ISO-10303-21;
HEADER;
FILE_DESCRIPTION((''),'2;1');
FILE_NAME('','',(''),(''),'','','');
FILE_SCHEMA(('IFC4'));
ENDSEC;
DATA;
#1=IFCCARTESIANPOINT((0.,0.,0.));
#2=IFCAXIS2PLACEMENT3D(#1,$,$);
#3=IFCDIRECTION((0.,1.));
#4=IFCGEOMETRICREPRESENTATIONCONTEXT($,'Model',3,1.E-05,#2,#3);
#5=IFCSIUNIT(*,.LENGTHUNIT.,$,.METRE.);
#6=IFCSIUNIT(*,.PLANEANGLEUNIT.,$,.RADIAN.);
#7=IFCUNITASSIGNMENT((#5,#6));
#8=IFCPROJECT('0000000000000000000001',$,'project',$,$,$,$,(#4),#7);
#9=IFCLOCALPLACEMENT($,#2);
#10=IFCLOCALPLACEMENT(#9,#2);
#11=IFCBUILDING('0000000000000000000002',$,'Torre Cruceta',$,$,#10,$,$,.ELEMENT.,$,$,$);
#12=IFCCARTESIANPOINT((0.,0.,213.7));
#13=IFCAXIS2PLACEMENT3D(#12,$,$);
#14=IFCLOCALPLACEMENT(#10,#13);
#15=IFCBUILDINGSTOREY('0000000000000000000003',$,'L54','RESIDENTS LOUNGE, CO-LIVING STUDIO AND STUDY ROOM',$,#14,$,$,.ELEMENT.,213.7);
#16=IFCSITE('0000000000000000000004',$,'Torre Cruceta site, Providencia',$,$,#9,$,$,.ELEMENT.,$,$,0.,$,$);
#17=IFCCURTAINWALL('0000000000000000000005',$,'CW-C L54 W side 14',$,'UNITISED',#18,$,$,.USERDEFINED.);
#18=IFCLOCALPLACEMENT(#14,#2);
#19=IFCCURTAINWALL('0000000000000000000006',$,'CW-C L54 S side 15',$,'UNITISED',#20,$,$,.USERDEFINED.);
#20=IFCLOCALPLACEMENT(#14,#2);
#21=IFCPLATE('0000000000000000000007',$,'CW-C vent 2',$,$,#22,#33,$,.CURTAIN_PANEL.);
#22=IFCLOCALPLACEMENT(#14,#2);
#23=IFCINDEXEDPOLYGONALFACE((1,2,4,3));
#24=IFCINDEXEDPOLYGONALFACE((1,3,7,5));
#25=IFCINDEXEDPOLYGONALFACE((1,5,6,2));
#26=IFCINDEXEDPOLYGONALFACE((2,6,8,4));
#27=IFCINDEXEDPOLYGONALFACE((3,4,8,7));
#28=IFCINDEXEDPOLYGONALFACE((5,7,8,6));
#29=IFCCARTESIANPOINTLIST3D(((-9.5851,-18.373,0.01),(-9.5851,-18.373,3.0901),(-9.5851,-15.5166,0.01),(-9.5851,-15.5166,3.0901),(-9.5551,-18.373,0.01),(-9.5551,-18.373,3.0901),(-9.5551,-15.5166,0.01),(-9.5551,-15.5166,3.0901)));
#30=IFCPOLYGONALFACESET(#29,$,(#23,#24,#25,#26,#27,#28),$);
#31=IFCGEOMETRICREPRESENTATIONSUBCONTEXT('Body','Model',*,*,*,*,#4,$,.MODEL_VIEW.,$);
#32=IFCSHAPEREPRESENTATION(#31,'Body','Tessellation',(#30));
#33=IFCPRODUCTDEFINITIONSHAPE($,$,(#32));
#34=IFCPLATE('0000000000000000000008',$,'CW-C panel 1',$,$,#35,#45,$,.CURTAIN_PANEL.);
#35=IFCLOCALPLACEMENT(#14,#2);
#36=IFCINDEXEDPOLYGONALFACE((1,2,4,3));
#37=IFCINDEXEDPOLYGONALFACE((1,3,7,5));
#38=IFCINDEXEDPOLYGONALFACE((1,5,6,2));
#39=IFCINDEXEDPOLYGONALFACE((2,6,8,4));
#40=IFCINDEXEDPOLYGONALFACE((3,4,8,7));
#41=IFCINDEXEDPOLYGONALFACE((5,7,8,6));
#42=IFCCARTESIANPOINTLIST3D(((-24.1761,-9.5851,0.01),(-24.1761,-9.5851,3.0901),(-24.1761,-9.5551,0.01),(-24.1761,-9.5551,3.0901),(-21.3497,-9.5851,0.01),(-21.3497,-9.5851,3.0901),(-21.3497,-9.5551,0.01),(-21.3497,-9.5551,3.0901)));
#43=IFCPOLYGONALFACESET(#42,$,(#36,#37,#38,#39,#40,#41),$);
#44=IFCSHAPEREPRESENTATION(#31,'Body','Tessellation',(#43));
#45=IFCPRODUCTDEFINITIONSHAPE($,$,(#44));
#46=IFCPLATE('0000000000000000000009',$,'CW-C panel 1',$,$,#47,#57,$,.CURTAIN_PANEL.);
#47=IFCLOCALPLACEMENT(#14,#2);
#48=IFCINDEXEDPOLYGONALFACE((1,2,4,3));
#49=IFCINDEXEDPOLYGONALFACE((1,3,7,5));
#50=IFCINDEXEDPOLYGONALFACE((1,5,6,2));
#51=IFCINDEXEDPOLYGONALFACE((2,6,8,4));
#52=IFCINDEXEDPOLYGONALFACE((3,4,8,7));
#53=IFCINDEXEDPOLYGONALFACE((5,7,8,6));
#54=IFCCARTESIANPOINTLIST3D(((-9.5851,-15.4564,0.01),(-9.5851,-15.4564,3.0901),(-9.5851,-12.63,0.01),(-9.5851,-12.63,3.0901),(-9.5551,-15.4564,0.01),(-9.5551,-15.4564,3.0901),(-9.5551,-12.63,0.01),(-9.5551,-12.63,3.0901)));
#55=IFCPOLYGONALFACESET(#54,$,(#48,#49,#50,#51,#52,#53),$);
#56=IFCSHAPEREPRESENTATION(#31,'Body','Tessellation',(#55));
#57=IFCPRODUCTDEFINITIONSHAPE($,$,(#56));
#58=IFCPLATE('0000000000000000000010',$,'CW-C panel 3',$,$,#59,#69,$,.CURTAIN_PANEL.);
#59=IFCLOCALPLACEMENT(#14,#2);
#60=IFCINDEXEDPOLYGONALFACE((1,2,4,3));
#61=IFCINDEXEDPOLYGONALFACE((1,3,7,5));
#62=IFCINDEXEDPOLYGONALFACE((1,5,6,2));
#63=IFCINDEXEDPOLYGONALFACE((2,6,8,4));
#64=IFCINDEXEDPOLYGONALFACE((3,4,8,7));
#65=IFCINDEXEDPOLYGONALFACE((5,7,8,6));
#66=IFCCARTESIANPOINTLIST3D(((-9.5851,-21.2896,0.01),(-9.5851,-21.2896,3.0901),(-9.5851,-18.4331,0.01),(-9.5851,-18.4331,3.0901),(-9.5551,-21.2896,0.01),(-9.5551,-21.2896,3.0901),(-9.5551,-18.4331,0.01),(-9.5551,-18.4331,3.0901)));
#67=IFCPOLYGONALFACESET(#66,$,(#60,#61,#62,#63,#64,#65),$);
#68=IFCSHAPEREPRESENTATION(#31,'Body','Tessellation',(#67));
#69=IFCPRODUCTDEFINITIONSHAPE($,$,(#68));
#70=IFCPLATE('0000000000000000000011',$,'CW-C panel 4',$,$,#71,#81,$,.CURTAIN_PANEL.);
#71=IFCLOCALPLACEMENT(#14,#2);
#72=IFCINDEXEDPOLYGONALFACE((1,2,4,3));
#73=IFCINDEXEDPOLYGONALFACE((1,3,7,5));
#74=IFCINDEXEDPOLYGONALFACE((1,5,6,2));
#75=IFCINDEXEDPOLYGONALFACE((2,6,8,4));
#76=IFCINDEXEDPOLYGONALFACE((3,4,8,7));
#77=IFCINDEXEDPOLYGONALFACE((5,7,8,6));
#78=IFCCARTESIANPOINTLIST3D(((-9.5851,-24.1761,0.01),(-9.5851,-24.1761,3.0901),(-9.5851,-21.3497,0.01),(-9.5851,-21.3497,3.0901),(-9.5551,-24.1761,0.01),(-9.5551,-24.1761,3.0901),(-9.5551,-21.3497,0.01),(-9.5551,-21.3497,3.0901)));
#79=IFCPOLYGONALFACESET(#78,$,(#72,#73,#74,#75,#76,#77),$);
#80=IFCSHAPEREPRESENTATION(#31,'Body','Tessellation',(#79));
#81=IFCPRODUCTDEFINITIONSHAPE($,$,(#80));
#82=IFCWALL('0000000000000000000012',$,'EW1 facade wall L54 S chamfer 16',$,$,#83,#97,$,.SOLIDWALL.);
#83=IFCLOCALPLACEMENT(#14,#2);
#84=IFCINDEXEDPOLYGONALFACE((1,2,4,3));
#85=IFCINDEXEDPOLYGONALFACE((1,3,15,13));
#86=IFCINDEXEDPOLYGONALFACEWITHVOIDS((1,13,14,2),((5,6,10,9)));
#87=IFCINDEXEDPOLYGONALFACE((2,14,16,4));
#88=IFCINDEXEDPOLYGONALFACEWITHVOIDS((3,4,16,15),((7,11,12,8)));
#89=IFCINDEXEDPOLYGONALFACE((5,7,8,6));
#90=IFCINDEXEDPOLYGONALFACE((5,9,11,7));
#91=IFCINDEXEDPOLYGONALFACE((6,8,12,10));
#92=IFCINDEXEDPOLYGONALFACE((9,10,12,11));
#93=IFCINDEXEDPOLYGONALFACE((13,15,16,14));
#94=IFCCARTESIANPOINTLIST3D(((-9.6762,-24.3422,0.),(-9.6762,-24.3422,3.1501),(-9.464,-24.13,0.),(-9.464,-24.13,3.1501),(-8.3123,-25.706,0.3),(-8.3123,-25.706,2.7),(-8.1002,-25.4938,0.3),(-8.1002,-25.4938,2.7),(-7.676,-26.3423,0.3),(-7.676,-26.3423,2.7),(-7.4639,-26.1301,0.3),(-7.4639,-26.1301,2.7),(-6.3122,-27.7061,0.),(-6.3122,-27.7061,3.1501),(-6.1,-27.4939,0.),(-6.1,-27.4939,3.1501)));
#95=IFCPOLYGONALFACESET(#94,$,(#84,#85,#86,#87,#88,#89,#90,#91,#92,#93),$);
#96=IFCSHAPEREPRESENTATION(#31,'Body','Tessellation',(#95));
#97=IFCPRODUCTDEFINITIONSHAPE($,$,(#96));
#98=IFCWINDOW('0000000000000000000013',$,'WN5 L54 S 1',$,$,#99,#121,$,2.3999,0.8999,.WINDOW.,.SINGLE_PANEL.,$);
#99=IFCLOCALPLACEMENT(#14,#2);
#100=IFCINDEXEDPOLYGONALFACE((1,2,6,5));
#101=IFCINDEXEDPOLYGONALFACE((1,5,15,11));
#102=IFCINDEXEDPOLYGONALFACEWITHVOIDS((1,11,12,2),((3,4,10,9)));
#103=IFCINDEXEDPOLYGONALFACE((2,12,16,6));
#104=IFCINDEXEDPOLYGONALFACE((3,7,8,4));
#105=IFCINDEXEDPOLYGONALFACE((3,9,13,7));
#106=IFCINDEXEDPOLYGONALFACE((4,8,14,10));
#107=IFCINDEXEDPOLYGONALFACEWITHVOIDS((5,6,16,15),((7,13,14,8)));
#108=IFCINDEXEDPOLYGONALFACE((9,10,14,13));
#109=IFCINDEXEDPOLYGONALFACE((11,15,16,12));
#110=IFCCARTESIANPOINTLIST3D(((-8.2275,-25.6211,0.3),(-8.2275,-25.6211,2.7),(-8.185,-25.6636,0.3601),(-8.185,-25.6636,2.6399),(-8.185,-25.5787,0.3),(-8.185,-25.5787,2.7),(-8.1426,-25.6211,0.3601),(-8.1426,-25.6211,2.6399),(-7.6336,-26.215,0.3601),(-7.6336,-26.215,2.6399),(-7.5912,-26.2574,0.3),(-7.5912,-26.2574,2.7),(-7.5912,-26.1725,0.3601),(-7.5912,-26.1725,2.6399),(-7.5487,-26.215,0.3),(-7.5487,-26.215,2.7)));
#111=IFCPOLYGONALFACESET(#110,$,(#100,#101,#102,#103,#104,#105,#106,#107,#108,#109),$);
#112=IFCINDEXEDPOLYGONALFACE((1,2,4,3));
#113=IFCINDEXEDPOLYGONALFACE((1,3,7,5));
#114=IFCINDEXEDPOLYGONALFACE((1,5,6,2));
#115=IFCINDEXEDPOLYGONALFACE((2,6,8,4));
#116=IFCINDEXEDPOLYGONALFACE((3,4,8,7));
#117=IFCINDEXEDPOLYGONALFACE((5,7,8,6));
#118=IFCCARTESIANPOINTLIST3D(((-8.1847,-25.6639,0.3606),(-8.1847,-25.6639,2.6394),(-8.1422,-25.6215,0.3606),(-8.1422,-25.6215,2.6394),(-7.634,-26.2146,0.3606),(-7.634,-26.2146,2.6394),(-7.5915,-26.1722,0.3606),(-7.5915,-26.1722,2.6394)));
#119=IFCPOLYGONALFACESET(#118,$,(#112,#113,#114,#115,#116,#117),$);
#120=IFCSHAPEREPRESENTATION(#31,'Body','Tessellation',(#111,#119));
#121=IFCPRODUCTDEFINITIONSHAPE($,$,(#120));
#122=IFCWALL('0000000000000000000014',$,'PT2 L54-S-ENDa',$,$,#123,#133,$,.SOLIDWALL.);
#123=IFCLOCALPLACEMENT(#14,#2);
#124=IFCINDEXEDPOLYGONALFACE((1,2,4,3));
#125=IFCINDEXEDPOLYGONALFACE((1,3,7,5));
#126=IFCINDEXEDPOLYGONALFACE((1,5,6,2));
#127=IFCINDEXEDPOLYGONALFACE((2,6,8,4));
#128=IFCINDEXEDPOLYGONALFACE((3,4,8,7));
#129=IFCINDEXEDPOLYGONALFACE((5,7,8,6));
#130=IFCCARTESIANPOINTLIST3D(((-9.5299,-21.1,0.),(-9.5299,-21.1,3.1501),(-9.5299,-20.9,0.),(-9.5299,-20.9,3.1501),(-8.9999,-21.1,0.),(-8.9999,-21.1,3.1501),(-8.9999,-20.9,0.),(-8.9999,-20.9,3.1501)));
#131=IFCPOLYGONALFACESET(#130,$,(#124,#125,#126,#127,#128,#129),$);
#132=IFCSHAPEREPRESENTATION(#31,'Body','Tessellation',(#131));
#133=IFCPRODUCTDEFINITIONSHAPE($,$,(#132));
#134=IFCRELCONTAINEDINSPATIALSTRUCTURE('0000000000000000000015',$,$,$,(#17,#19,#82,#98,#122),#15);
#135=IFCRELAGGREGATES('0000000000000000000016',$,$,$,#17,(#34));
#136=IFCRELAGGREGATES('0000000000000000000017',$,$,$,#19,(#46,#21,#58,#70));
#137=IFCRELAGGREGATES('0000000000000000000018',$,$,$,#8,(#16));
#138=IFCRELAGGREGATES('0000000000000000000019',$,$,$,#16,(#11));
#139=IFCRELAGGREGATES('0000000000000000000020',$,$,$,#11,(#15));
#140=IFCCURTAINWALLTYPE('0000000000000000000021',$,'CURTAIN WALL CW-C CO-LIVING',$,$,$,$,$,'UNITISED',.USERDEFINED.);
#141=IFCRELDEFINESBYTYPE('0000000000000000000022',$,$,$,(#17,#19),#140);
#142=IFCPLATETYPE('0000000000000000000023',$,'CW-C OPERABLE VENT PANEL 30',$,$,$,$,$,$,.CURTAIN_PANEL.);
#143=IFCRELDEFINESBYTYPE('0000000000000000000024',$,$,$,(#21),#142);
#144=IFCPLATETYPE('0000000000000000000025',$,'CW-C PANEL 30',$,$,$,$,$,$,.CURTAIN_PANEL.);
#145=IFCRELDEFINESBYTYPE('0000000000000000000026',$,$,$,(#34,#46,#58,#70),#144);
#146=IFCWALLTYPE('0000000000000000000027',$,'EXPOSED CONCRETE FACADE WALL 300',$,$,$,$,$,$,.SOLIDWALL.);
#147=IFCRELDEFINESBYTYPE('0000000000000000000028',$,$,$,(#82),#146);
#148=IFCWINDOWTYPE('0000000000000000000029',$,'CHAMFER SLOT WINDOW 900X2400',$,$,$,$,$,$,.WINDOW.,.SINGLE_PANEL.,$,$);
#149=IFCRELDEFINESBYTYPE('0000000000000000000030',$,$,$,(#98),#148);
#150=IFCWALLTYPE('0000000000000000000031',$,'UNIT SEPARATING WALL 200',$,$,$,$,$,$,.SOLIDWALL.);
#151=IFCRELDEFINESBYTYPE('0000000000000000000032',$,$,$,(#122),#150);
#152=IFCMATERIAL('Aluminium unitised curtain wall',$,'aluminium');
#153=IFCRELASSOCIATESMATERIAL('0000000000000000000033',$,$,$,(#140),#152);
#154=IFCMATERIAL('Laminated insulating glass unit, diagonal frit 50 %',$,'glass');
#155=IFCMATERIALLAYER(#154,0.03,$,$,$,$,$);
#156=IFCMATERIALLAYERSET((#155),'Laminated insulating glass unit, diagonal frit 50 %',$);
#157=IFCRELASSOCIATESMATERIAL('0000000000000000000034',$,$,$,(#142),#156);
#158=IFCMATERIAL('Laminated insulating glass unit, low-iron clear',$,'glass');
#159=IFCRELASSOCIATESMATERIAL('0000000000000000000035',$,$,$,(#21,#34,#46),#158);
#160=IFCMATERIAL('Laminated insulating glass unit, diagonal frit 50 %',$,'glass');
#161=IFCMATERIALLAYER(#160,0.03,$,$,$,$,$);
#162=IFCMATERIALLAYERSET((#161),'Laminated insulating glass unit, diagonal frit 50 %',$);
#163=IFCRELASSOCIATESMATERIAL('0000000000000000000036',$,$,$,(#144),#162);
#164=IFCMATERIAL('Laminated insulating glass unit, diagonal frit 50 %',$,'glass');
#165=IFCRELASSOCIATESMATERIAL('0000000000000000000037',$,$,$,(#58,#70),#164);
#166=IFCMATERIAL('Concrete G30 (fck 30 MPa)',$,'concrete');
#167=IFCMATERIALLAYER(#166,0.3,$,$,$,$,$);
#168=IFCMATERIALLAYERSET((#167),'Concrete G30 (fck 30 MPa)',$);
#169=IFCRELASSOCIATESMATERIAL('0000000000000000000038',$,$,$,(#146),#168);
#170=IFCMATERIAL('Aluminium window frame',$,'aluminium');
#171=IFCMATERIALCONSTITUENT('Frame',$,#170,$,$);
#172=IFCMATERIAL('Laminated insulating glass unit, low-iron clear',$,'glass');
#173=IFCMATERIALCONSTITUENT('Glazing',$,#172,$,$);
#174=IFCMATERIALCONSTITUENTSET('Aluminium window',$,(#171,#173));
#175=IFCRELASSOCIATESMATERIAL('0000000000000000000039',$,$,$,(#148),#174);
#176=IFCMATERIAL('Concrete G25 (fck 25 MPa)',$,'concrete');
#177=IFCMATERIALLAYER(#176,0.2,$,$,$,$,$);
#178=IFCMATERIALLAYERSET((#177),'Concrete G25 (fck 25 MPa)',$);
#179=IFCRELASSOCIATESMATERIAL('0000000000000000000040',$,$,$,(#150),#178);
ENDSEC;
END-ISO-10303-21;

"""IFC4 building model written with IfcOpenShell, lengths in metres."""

from ifc_helpers import new_model, si_unit, direction, frame, frame_2d, origin, origin_2d, place, context, subcontext, project, spatial, rectangle, hollow_rectangle, extrude, material, layer, layer_set, constituent, constituent_set, type_object, element, fill, aggregate, save


model = new_model("IFC4")

# Units and contexts
model_context = context("Model", 3, precision=1e-05, world=origin(), true_north=direction((0.0, 1.0)))
body_context = subcontext(model_context, "Body", "Model", "MODEL_VIEW")
ifc_project = project(units=[si_unit("LENGTHUNIT", "METRE"), si_unit("PLANEANGLEUNIT", "RADIAN")], contexts=[model_context])

# Site, building, storey
site_placement = place(None, origin())
site = spatial("IfcSite", under=ifc_project, at=site_placement, Name="Torre Cruceta site, Providencia", CompositionType="ELEMENT", RefElevation=0.0)
building_placement = place(site_placement, origin())
building = spatial("IfcBuilding", under=site, at=building_placement, Name="Torre Cruceta", CompositionType="ELEMENT")
storey_placement = place(building_placement, frame((0.0, 0.0, 213.7)))
storey = spatial("IfcBuildingStorey", under=building, at=storey_placement, Name="L54", Description="RESIDENTS LOUNGE, CO-LIVING STUDIO AND STUDY ROOM", CompositionType="ELEMENT", Elevation=213.7)

# Curtain walls
ifc_material_1 = material(Name="Aluminium unitised curtain wall", Category="aluminium")
curtain_wall_type = type_object("IfcCurtainWallType", Name="CURTAIN WALL CW-C CO-LIVING", ElementType="UNITISED", PredefinedType="USERDEFINED", material=ifc_material_1)
curtain_wall_1_placement = place(storey_placement, origin())
curtain_wall_1 = element("IfcCurtainWall", 1, at=curtain_wall_1_placement, inside=storey, type_object=curtain_wall_type, Name="CW-C L54 W side 14", ObjectType="UNITISED", PredefinedType="USERDEFINED")
curtain_wall_2_placement = place(storey_placement, origin())
curtain_wall_2 = element("IfcCurtainWall", 2, at=curtain_wall_2_placement, inside=storey, type_object=curtain_wall_type, Name="CW-C L54 S side 15", ObjectType="UNITISED", PredefinedType="USERDEFINED")

# Plates
ifc_material_2 = material(Name="Laminated insulating glass unit, low-iron clear", Category="glass")
ifc_material_3 = material(Name="Laminated insulating glass unit, diagonal frit 50 %", Category="glass")
ifc_layer_1 = layer(ifc_material_3, 0.03)
ifc_layer_set_1 = layer_set([ifc_layer_1], Name="Laminated insulating glass unit, diagonal frit 50 %")
plate_type_1 = type_object("IfcPlateType", Name="CW-C OPERABLE VENT PANEL 30", PredefinedType="CURTAIN_PANEL", material=ifc_layer_set_1)
plate_1_placement = place(storey_placement, frame((-9.5701, -16.9448, 0.01), z_axis=(0.0, 0.0, 1.0), x_axis=(0.0, -1.0, 0.0)))
plate_1 = element("IfcPlate", 3, at=plate_1_placement, type_object=plate_type_1, material=ifc_material_2, Name="CW-C vent 2", PredefinedType="CURTAIN_PANEL", context=body_context, shape_type="SweptSolid", body=[
    extrude(rectangle(XDim=2.8564, YDim=0.03, at=origin_2d()), origin(), (0.0, 0.0, 1.0), 3.0801),
])
ifc_material_4 = material(Name="Laminated insulating glass unit, diagonal frit 50 %", Category="glass")
ifc_layer_2 = layer(ifc_material_4, 0.03)
ifc_layer_set_2 = layer_set([ifc_layer_2], Name="Laminated insulating glass unit, diagonal frit 50 %")
plate_type_2 = type_object("IfcPlateType", Name="CW-C PANEL 30", PredefinedType="CURTAIN_PANEL", material=ifc_layer_set_2)
plate_2_placement = place(storey_placement, frame((-22.7629, -9.5701, 0.01), z_axis=(0.0, 0.0, 1.0), x_axis=(1.0, 0.0, 0.0)))
plate_2 = element("IfcPlate", 4, at=plate_2_placement, type_object=plate_type_2, material=ifc_material_2, Name="CW-C panel 1", PredefinedType="CURTAIN_PANEL", context=body_context, shape_type="SweptSolid", body=[
    extrude(rectangle(XDim=2.8264, YDim=0.03, at=origin_2d()), origin(), (0.0, 0.0, 1.0), 3.0801),
])
aggregate(curtain_wall_1, [plate_2])
plate_3_placement = place(storey_placement, frame((-9.5701, -14.0432, 0.01), z_axis=(0.0, 0.0, 1.0), x_axis=(0.0, -1.0, 0.0)))
plate_3 = element("IfcPlate", 5, at=plate_3_placement, type_object=plate_type_2, material=ifc_material_2, Name="CW-C panel 1", PredefinedType="CURTAIN_PANEL", context=body_context, shape_type="SweptSolid", body=[
    extrude(rectangle(XDim=2.8264, YDim=0.03, at=origin_2d()), origin(), (0.0, 0.0, 1.0), 3.0801),
])
ifc_material_5 = material(Name="Laminated insulating glass unit, diagonal frit 50 %", Category="glass")
plate_4_placement = place(storey_placement, frame((-9.5701, -19.8613, 0.01), z_axis=(0.0, 0.0, 1.0), x_axis=(0.0, -1.0, 0.0)))
plate_4 = element("IfcPlate", 6, at=plate_4_placement, type_object=plate_type_2, material=ifc_material_5, Name="CW-C panel 3", PredefinedType="CURTAIN_PANEL", context=body_context, shape_type="SweptSolid", body=[
    extrude(rectangle(XDim=2.8564, YDim=0.03, at=origin_2d()), origin(), (0.0, 0.0, 1.0), 3.0801),
])
plate_5_placement = place(storey_placement, frame((-9.5701, -22.7629, 0.01), z_axis=(0.0, 0.0, 1.0), x_axis=(0.0, -1.0, 0.0)))
plate_5 = element("IfcPlate", 7, at=plate_5_placement, type_object=plate_type_2, material=ifc_material_5, Name="CW-C panel 4", PredefinedType="CURTAIN_PANEL", context=body_context, shape_type="SweptSolid", body=[
    extrude(rectangle(XDim=2.8264, YDim=0.03, at=origin_2d()), origin(), (0.0, 0.0, 1.0), 3.0801),
])
aggregate(curtain_wall_2, [plate_3, plate_1, plate_4, plate_5])

# Wall, opening, window
ifc_material_6 = material(Name="Concrete G30 (fck 30 MPa)", Category="concrete")
ifc_layer_3 = layer(ifc_material_6, 0.3)
ifc_layer_set_3 = layer_set([ifc_layer_3], Name="Concrete G30 (fck 30 MPa)")
wall_type_1 = type_object("IfcWallType", Name="EXPOSED CONCRETE FACADE WALL 300", PredefinedType="SOLIDWALL", material=ifc_layer_set_3)
wall_1_placement = place(storey_placement, frame((-9.5701, -24.2361, 0.0), z_axis=(0.0, 0.0, 1.0), x_axis=(0.707107, -0.707107, 0.0)))
wall_1 = element("IfcWall", 8, at=wall_1_placement, inside=storey, type_object=wall_type_1, Name="EW1 facade wall L54 S chamfer 16", PredefinedType="SOLIDWALL", context=body_context, shape_type="SweptSolid", body=[
    extrude(rectangle(XDim=4.7573, YDim=0.3, at=frame_2d((2.3787, 0.0))), origin(), (0.0, 0.0, 1.0), 3.1501),
])
opening_placement = place(wall_1_placement, frame((1.9287, 0.0, 0.3)))
opening = element("IfcOpeningElement", 9, at=opening_placement, cuts=wall_1, PredefinedType="OPENING", context=body_context, shape_type="SweptSolid", body=[
    extrude(rectangle(XDim=0.8999, YDim=2.3999, at=frame_2d((0.45, 1.2))), frame((0.0, 0.1599, 0.0), z_axis=(0.0, -1.0, 0.0), x_axis=(1.0, 0.0, 0.0)), (0.0, 0.0, 1.0), 0.3201),
])
ifc_material_7 = material(Name="Aluminium window frame", Category="aluminium")
ifc_constituent_1 = constituent(ifc_material_7, Name="Frame")
ifc_material_8 = material(Name="Laminated insulating glass unit, low-iron clear", Category="glass")
ifc_constituent_2 = constituent(ifc_material_8, Name="Glazing")
ifc_constituent_set_1 = constituent_set(constituents=[ifc_constituent_1, ifc_constituent_2], Name="Aluminium window")
window_type = type_object("IfcWindowType", Name="CHAMFER SLOT WINDOW 900X2400", PartitioningType="SINGLE_PANEL", PredefinedType="WINDOW", material=ifc_constituent_set_1)
window_placement = place(opening_placement, origin())
window = element("IfcWindow", 10, at=window_placement, inside=storey, type_object=window_type, Name="WN5 L54 S 1", OverallHeight=2.3999, OverallWidth=0.8999, PartitioningType="SINGLE_PANEL", PredefinedType="WINDOW", context=body_context, shape_type="SweptSolid", body=[
    extrude(hollow_rectangle(XDim=0.8999, YDim=2.3999, WallThickness=0.0601, at=frame_2d((0.45, 1.2))), frame((0.0, 0.03, 0.0), z_axis=(0.0, -1.0, 0.0), x_axis=(1.0, 0.0, 0.0)), (0.0, 0.0, 1.0), 0.0601),
    extrude(rectangle(XDim=0.7788, YDim=2.2788, at=frame_2d((0.45, 1.2))), frame((0.0, 0.03, 0.0), z_axis=(0.0, -1.0, 0.0), x_axis=(1.0, 0.0, 0.0)), (0.0, 0.0, 1.0), 0.0601),
])
fill(opening, window)

# Wall
ifc_material_9 = material(Name="Concrete G25 (fck 25 MPa)", Category="concrete")
ifc_layer_4 = layer(ifc_material_9, 0.2)
ifc_layer_set_4 = layer_set([ifc_layer_4], Name="Concrete G25 (fck 25 MPa)")
wall_type_2 = type_object("IfcWallType", Name="UNIT SEPARATING WALL 200", PredefinedType="SOLIDWALL", material=ifc_layer_set_4)
wall_2_placement = place(storey_placement, frame((-9.53, -21.0, 0.0), z_axis=(0.0, 0.0, 1.0), x_axis=(1.0, 0.0, 0.0)))
element("IfcWall", 11, at=wall_2_placement, inside=storey, type_object=wall_type_2, Name="PT2 L54-S-ENDa", PredefinedType="SOLIDWALL", context=body_context, shape_type="SweptSolid", body=[
    extrude(rectangle(XDim=0.53, YDim=0.2, at=frame_2d((0.2651, 0.0))), origin(), (0.0, 0.0, 1.0), 3.1501),
])

save(model, "model.ifc")
